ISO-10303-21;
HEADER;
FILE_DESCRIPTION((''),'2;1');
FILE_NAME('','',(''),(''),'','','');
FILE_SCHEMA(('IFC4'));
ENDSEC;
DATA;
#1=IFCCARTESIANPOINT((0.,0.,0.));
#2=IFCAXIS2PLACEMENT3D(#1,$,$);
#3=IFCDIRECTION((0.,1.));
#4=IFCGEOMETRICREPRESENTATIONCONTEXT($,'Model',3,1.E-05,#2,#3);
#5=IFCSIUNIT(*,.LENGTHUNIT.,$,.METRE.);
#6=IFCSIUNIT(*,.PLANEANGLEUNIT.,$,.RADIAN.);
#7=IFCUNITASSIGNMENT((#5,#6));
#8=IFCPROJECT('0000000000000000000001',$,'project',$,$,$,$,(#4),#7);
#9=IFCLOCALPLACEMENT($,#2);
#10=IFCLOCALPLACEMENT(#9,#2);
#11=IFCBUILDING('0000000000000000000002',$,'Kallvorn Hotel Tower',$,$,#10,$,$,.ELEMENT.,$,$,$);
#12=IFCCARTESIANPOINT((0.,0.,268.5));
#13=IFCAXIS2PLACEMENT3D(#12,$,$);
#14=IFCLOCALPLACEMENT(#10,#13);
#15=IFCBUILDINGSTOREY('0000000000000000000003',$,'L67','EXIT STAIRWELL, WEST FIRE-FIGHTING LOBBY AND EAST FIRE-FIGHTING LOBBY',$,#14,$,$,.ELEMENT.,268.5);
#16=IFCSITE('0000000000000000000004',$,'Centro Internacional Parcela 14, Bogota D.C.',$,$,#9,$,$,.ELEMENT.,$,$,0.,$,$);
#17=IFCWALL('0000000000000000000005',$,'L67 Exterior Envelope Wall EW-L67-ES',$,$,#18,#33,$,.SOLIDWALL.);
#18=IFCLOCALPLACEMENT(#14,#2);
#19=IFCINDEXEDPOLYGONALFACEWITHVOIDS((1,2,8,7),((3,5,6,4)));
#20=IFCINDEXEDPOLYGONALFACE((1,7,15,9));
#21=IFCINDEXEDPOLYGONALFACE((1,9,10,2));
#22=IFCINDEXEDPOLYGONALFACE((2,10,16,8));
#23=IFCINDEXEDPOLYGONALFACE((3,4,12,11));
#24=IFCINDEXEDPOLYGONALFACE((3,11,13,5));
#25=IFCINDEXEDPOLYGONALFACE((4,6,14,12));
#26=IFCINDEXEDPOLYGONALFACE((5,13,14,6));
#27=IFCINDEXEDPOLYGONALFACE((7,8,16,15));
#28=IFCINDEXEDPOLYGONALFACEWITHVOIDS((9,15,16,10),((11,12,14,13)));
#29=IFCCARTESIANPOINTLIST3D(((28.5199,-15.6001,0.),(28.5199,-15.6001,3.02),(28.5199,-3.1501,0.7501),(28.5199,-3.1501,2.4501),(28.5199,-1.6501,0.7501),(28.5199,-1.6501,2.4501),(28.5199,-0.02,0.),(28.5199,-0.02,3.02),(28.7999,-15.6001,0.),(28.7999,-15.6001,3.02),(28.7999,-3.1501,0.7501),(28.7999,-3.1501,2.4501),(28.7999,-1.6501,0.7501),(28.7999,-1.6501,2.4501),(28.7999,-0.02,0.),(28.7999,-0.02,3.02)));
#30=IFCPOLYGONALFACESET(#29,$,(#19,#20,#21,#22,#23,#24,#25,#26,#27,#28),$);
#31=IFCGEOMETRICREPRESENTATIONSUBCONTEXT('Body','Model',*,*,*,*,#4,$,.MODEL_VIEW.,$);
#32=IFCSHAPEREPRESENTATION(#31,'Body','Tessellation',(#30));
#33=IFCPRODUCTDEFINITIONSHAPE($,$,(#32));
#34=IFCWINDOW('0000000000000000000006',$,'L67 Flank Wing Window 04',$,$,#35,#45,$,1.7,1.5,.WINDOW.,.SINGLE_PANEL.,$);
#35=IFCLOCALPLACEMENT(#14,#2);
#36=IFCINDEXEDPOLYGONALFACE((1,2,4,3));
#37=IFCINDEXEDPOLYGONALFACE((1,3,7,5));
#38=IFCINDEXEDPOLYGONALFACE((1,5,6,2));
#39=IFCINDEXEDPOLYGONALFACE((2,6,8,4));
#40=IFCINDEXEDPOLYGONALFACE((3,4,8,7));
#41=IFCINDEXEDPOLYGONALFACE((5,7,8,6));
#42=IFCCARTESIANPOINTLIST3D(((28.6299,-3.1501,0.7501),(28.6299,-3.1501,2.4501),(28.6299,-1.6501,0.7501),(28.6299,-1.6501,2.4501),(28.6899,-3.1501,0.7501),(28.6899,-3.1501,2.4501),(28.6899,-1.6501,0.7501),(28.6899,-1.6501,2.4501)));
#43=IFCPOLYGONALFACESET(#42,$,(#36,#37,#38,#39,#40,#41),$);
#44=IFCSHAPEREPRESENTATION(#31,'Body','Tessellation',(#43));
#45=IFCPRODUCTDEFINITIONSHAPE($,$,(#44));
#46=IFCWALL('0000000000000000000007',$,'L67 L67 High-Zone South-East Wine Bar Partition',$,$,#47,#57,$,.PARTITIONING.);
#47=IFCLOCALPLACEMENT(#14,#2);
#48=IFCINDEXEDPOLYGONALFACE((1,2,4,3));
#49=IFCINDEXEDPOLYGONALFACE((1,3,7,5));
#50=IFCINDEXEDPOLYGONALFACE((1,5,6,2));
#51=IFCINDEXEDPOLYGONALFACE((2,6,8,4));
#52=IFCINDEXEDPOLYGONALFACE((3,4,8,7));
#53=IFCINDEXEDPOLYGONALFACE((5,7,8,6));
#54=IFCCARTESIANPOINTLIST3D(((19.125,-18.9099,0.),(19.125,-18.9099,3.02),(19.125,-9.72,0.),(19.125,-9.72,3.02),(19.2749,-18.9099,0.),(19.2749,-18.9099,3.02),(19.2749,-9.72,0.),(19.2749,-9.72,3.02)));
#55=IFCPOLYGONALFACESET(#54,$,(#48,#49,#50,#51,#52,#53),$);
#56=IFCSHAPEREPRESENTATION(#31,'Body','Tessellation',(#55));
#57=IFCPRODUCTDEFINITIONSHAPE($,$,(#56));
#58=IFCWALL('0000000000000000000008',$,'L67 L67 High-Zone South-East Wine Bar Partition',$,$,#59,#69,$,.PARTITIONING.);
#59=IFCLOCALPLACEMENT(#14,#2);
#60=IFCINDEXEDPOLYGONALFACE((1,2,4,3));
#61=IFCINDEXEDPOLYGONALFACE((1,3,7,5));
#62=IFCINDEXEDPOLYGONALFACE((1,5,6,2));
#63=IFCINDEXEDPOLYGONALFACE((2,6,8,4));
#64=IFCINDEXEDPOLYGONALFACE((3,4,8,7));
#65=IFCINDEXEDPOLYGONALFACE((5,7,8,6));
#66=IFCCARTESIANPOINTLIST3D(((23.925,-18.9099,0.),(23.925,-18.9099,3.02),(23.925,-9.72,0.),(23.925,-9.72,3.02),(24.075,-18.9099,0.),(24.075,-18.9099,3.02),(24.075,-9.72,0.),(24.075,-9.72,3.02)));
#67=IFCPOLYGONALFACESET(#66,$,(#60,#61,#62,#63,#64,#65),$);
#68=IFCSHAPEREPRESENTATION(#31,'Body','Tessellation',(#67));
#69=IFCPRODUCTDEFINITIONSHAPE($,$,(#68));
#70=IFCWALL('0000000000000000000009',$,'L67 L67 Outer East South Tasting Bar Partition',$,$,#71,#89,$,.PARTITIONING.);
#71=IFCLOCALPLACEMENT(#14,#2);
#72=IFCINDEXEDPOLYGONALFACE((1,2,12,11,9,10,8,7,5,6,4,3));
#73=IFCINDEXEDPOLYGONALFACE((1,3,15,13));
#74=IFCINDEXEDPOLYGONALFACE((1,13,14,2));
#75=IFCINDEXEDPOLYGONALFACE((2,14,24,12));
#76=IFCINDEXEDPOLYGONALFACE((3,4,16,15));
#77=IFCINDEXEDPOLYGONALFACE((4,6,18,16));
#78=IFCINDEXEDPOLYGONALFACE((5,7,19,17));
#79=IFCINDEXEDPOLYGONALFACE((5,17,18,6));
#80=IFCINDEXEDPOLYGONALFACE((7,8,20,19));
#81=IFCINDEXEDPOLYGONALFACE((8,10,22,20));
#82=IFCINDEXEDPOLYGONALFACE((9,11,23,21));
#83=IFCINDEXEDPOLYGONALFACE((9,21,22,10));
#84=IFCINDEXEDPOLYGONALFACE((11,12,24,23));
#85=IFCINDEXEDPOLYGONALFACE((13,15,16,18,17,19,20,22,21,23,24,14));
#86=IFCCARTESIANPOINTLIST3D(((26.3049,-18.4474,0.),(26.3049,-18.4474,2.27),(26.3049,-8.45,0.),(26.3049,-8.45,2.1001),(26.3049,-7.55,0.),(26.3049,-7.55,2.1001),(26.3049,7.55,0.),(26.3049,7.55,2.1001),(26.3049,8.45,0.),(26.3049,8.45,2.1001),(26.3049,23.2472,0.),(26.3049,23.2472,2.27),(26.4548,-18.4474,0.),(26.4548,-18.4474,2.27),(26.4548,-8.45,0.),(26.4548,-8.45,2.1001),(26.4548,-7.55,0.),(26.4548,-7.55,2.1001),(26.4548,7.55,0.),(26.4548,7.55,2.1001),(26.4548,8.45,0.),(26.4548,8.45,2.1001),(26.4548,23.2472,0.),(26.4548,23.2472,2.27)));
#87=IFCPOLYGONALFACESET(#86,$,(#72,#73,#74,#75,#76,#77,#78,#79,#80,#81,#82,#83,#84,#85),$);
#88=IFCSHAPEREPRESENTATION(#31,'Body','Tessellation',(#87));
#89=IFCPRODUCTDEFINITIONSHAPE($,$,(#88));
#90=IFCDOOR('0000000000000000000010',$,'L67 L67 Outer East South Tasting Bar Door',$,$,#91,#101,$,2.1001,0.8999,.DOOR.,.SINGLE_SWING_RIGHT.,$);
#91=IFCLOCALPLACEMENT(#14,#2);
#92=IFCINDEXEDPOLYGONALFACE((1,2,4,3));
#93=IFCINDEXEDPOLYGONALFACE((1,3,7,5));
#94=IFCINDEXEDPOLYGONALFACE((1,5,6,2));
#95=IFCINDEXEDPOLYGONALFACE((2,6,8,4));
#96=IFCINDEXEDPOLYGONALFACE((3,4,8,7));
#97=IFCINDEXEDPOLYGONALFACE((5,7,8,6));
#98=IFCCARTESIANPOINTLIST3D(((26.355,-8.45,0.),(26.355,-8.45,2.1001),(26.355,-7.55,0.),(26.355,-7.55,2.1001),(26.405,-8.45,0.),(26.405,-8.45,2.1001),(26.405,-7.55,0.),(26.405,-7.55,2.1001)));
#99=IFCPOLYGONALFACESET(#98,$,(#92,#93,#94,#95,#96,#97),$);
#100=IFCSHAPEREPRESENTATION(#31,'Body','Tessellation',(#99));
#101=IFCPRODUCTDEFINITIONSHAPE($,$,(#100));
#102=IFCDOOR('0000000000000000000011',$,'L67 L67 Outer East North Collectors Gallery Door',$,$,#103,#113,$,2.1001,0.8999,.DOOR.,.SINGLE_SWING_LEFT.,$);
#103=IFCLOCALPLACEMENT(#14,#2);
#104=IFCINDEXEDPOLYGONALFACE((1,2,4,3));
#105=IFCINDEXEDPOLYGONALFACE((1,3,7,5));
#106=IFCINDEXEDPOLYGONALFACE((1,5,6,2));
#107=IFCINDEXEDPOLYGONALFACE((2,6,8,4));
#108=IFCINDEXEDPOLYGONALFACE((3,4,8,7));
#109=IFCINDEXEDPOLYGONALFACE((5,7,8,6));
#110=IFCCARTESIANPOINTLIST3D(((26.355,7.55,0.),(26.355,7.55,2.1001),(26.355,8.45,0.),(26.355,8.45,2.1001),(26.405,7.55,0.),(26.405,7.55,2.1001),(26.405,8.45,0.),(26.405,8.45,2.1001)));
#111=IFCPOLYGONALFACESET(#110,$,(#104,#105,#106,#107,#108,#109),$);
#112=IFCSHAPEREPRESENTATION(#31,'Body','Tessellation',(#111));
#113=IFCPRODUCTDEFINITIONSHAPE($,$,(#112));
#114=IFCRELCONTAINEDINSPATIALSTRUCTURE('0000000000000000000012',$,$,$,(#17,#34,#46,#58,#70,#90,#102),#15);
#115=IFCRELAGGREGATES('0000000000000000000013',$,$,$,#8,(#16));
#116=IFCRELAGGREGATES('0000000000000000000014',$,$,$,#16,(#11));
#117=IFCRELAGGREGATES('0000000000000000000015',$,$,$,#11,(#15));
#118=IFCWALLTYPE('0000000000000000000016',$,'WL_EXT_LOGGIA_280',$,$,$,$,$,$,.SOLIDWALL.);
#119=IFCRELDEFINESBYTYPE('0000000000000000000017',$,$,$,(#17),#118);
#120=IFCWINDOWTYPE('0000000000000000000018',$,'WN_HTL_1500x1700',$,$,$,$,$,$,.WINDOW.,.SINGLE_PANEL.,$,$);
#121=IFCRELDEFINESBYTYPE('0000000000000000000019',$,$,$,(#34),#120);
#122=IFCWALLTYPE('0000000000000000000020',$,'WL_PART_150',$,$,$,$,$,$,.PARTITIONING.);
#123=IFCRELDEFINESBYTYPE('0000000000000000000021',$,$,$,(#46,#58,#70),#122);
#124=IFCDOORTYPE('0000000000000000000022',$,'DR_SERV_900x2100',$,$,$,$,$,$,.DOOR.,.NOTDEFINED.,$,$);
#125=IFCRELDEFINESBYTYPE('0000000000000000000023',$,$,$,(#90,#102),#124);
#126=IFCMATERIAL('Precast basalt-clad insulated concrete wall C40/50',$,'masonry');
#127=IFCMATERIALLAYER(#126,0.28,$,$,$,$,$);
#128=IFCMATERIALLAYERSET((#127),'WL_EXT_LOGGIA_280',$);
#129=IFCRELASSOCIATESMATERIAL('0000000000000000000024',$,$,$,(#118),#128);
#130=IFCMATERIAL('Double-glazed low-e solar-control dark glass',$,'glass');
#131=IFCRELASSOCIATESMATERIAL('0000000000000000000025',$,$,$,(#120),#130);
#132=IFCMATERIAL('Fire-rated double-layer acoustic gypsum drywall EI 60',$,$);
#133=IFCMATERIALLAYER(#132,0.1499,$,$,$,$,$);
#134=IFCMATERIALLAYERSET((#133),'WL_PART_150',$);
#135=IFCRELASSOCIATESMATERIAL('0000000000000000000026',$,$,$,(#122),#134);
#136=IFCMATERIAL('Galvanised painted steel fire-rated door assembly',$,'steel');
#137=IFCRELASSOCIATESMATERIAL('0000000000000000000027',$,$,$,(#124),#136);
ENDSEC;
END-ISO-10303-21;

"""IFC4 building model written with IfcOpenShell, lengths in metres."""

from ifc_helpers import new_model, si_unit, direction, frame, frame_2d, origin, place, context, subcontext, project, spatial, rectangle, extrude, material, layer, layer_set, type_object, element, fill, save


model = new_model("IFC4")

# Units and contexts
model_context = context("Model", 3, precision=1e-05, world=origin(), true_north=direction((0.0, 1.0)))
body_context = subcontext(model_context, "Body", "Model", "MODEL_VIEW")
ifc_project = project(units=[si_unit("LENGTHUNIT", "METRE"), si_unit("PLANEANGLEUNIT", "RADIAN")], contexts=[model_context])

# Site, building, storey
site_placement = place(None, origin())
site = spatial("IfcSite", under=ifc_project, at=site_placement, Name="Centro Internacional Parcela 14, Bogota D.C.", CompositionType="ELEMENT", RefElevation=0.0)
building_placement = place(site_placement, origin())
building = spatial("IfcBuilding", under=site, at=building_placement, Name="Kallvorn Hotel Tower", CompositionType="ELEMENT")
storey_placement = place(building_placement, frame((0.0, 0.0, 268.5)))
storey = spatial("IfcBuildingStorey", under=building, at=storey_placement, Name="L67", Description="EXIT STAIRWELL, WEST FIRE-FIGHTING LOBBY AND EAST FIRE-FIGHTING LOBBY", CompositionType="ELEMENT", Elevation=268.5)

# Shared definitions
ifc_material_1 = material(Name="Precast basalt-clad insulated concrete wall C40/50", Category="masonry")
ifc_layer_1 = layer(ifc_material_1, 0.28)
ifc_layer_set_1 = layer_set([ifc_layer_1], Name="WL_EXT_LOGGIA_280")
wall_type_1 = type_object("IfcWallType", Name="WL_EXT_LOGGIA_280", PredefinedType="SOLIDWALL", material=ifc_layer_set_1)

# Wall, opening, window
wall_1_placement = place(storey_placement, frame((28.6599, -15.6001, 0.0), z_axis=(0.0, 0.0, 1.0), x_axis=(0.0, 1.0, 0.0)))
wall_1 = element("IfcWall", 1, at=wall_1_placement, inside=storey, type_object=wall_type_1, Name="L67 Exterior Envelope Wall EW-L67-ES", PredefinedType="SOLIDWALL", context=body_context, shape_type="SweptSolid", body=[
    extrude(rectangle(XDim=15.5801, YDim=0.28, at=frame_2d((7.79, 0.0))), origin(), (0.0, 0.0, 1.0), 3.02),
])
opening_1_placement = place(wall_1_placement, frame((12.45, 0.0, 0.75)))
opening_1 = element("IfcOpeningElement", 2, at=opening_1_placement, cuts=wall_1, PredefinedType="OPENING", context=body_context, shape_type="SweptSolid", body=[
    extrude(rectangle(XDim=1.5, YDim=1.7, at=frame_2d((0.75, 0.8501))), frame((0.0, 0.155, 0.0), z_axis=(0.0, -1.0, 0.0), x_axis=(1.0, 0.0, 0.0)), (0.0, 0.0, 1.0), 0.3101),
])
ifc_material_2 = material(Name="Double-glazed low-e solar-control dark glass", Category="glass")
window_type = type_object("IfcWindowType", Name="WN_HTL_1500x1700", PartitioningType="SINGLE_PANEL", PredefinedType="WINDOW", material=ifc_material_2)
window_placement = place(opening_1_placement, origin())
window = element("IfcWindow", 3, at=window_placement, inside=storey, type_object=window_type, Name="L67 Flank Wing Window 04", OverallHeight=1.7, OverallWidth=1.5, PartitioningType="SINGLE_PANEL", PredefinedType="WINDOW", context=body_context, shape_type="SweptSolid", body=[
    extrude(rectangle(XDim=1.5, YDim=1.7, at=frame_2d((0.75, 0.8501))), frame((0.0, 0.03, 0.0), z_axis=(0.0, -1.0, 0.0), x_axis=(1.0, 0.0, 0.0)), (0.0, 0.0, 1.0), 0.0601),
])
fill(opening_1, window)

# Walls
ifc_material_3 = material(Name="Fire-rated double-layer acoustic gypsum drywall EI 60")
ifc_layer_2 = layer(ifc_material_3, 0.1499)
ifc_layer_set_2 = layer_set([ifc_layer_2], Name="WL_PART_150")
wall_type_2 = type_object("IfcWallType", Name="WL_PART_150", PredefinedType="PARTITIONING", material=ifc_layer_set_2)
for number, where, z_axis, x_axis, name in (
    (4, (19.2, -18.9099, 0.0), (0.0, 0.0, 1.0), (0.0, 1.0, 0.0), "L67 L67 High-Zone South-East Wine Bar Partition"),
    (5, (24.0, -18.9099, 0.0), (0.0, 0.0, 1.0), (0.0, 1.0, 0.0), "L67 L67 High-Zone South-East Wine Bar Partition"),
):
    element("IfcWall", number, at=place(storey_placement, frame(where, z_axis=z_axis, x_axis=x_axis)), inside=storey, type_object=wall_type_2, Name=name, PredefinedType="PARTITIONING", context=body_context, shape_type="SweptSolid", body=[
        extrude(rectangle(XDim=9.1899, YDim=0.1499, at=frame_2d((4.595, 0.0))), origin(), (0.0, 0.0, 1.0), 3.02),
    ])

# Wall, openings, doors
wall_2_placement = place(storey_placement, frame((26.3799, -18.4473, 0.0), z_axis=(0.0, 0.0, 1.0), x_axis=(0.0, 1.0, 0.0)))
wall_2 = element("IfcWall", 6, at=wall_2_placement, inside=storey, type_object=wall_type_2, Name="L67 L67 Outer East South Tasting Bar Partition", PredefinedType="PARTITIONING", context=body_context, shape_type="SweptSolid", body=[
    extrude(rectangle(XDim=41.6946, YDim=0.1499, at=frame_2d((20.8472, 0.0))), origin(), (0.0, 0.0, 1.0), 2.27),
])
opening_2_placement = place(wall_2_placement, frame((9.9973, 0.0, 0.0)))
opening_2 = element("IfcOpeningElement", 7, at=opening_2_placement, cuts=wall_2, PredefinedType="OPENING", context=body_context, shape_type="SweptSolid", body=[
    extrude(rectangle(XDim=0.8999, YDim=2.1001, at=frame_2d((0.45, 1.05))), frame((0.0, 0.0898, 0.0), z_axis=(0.0, -1.0, 0.0), x_axis=(1.0, 0.0, 0.0)), (0.0, 0.0, 1.0), 0.1799),
])
opening_3_placement = place(wall_2_placement, frame((25.9973, 0.0, 0.0)))
opening_3 = element("IfcOpeningElement", 8, at=opening_3_placement, cuts=wall_2, PredefinedType="OPENING", context=body_context, shape_type="SweptSolid", body=[
    extrude(rectangle(XDim=0.8999, YDim=2.1001, at=frame_2d((0.45, 1.05))), frame((0.0, 0.0898, 0.0), z_axis=(0.0, -1.0, 0.0), x_axis=(1.0, 0.0, 0.0)), (0.0, 0.0, 1.0), 0.1799),
])
ifc_material_4 = material(Name="Galvanised painted steel fire-rated door assembly", Category="steel")
door_type = type_object("IfcDoorType", Name="DR_SERV_900x2100", OperationType="NOTDEFINED", PredefinedType="DOOR", material=ifc_material_4)
door_1_placement = place(opening_2_placement, origin())
door_1 = element("IfcDoor", 9, at=door_1_placement, inside=storey, type_object=door_type, Name="L67 L67 Outer East South Tasting Bar Door", OperationType="SINGLE_SWING_RIGHT", OverallHeight=2.1001, OverallWidth=0.8999, PredefinedType="DOOR", context=body_context, shape_type="SweptSolid", body=[
    extrude(rectangle(XDim=0.8999, YDim=2.1001, at=frame_2d((0.45, 1.05))), frame((0.0, 0.0249, 0.0), z_axis=(0.0, -1.0, 0.0), x_axis=(1.0, 0.0, 0.0)), (0.0, 0.0, 1.0), 0.05),
])
fill(opening_2, door_1)
door_2_placement = place(opening_3_placement, origin())
door_2 = element("IfcDoor", 10, at=door_2_placement, inside=storey, type_object=door_type, Name="L67 L67 Outer East North Collectors Gallery Door", OperationType="SINGLE_SWING_LEFT", OverallHeight=2.1001, OverallWidth=0.8999, PredefinedType="DOOR", context=body_context, shape_type="SweptSolid", body=[
    extrude(rectangle(XDim=0.8999, YDim=2.1001, at=frame_2d((0.45, 1.05))), frame((0.0, 0.0249, 0.0), z_axis=(0.0, -1.0, 0.0), x_axis=(1.0, 0.0, 0.0)), (0.0, 0.0, 1.0), 0.05),
])
fill(opening_3, door_2)

save(model, "model.ifc")
